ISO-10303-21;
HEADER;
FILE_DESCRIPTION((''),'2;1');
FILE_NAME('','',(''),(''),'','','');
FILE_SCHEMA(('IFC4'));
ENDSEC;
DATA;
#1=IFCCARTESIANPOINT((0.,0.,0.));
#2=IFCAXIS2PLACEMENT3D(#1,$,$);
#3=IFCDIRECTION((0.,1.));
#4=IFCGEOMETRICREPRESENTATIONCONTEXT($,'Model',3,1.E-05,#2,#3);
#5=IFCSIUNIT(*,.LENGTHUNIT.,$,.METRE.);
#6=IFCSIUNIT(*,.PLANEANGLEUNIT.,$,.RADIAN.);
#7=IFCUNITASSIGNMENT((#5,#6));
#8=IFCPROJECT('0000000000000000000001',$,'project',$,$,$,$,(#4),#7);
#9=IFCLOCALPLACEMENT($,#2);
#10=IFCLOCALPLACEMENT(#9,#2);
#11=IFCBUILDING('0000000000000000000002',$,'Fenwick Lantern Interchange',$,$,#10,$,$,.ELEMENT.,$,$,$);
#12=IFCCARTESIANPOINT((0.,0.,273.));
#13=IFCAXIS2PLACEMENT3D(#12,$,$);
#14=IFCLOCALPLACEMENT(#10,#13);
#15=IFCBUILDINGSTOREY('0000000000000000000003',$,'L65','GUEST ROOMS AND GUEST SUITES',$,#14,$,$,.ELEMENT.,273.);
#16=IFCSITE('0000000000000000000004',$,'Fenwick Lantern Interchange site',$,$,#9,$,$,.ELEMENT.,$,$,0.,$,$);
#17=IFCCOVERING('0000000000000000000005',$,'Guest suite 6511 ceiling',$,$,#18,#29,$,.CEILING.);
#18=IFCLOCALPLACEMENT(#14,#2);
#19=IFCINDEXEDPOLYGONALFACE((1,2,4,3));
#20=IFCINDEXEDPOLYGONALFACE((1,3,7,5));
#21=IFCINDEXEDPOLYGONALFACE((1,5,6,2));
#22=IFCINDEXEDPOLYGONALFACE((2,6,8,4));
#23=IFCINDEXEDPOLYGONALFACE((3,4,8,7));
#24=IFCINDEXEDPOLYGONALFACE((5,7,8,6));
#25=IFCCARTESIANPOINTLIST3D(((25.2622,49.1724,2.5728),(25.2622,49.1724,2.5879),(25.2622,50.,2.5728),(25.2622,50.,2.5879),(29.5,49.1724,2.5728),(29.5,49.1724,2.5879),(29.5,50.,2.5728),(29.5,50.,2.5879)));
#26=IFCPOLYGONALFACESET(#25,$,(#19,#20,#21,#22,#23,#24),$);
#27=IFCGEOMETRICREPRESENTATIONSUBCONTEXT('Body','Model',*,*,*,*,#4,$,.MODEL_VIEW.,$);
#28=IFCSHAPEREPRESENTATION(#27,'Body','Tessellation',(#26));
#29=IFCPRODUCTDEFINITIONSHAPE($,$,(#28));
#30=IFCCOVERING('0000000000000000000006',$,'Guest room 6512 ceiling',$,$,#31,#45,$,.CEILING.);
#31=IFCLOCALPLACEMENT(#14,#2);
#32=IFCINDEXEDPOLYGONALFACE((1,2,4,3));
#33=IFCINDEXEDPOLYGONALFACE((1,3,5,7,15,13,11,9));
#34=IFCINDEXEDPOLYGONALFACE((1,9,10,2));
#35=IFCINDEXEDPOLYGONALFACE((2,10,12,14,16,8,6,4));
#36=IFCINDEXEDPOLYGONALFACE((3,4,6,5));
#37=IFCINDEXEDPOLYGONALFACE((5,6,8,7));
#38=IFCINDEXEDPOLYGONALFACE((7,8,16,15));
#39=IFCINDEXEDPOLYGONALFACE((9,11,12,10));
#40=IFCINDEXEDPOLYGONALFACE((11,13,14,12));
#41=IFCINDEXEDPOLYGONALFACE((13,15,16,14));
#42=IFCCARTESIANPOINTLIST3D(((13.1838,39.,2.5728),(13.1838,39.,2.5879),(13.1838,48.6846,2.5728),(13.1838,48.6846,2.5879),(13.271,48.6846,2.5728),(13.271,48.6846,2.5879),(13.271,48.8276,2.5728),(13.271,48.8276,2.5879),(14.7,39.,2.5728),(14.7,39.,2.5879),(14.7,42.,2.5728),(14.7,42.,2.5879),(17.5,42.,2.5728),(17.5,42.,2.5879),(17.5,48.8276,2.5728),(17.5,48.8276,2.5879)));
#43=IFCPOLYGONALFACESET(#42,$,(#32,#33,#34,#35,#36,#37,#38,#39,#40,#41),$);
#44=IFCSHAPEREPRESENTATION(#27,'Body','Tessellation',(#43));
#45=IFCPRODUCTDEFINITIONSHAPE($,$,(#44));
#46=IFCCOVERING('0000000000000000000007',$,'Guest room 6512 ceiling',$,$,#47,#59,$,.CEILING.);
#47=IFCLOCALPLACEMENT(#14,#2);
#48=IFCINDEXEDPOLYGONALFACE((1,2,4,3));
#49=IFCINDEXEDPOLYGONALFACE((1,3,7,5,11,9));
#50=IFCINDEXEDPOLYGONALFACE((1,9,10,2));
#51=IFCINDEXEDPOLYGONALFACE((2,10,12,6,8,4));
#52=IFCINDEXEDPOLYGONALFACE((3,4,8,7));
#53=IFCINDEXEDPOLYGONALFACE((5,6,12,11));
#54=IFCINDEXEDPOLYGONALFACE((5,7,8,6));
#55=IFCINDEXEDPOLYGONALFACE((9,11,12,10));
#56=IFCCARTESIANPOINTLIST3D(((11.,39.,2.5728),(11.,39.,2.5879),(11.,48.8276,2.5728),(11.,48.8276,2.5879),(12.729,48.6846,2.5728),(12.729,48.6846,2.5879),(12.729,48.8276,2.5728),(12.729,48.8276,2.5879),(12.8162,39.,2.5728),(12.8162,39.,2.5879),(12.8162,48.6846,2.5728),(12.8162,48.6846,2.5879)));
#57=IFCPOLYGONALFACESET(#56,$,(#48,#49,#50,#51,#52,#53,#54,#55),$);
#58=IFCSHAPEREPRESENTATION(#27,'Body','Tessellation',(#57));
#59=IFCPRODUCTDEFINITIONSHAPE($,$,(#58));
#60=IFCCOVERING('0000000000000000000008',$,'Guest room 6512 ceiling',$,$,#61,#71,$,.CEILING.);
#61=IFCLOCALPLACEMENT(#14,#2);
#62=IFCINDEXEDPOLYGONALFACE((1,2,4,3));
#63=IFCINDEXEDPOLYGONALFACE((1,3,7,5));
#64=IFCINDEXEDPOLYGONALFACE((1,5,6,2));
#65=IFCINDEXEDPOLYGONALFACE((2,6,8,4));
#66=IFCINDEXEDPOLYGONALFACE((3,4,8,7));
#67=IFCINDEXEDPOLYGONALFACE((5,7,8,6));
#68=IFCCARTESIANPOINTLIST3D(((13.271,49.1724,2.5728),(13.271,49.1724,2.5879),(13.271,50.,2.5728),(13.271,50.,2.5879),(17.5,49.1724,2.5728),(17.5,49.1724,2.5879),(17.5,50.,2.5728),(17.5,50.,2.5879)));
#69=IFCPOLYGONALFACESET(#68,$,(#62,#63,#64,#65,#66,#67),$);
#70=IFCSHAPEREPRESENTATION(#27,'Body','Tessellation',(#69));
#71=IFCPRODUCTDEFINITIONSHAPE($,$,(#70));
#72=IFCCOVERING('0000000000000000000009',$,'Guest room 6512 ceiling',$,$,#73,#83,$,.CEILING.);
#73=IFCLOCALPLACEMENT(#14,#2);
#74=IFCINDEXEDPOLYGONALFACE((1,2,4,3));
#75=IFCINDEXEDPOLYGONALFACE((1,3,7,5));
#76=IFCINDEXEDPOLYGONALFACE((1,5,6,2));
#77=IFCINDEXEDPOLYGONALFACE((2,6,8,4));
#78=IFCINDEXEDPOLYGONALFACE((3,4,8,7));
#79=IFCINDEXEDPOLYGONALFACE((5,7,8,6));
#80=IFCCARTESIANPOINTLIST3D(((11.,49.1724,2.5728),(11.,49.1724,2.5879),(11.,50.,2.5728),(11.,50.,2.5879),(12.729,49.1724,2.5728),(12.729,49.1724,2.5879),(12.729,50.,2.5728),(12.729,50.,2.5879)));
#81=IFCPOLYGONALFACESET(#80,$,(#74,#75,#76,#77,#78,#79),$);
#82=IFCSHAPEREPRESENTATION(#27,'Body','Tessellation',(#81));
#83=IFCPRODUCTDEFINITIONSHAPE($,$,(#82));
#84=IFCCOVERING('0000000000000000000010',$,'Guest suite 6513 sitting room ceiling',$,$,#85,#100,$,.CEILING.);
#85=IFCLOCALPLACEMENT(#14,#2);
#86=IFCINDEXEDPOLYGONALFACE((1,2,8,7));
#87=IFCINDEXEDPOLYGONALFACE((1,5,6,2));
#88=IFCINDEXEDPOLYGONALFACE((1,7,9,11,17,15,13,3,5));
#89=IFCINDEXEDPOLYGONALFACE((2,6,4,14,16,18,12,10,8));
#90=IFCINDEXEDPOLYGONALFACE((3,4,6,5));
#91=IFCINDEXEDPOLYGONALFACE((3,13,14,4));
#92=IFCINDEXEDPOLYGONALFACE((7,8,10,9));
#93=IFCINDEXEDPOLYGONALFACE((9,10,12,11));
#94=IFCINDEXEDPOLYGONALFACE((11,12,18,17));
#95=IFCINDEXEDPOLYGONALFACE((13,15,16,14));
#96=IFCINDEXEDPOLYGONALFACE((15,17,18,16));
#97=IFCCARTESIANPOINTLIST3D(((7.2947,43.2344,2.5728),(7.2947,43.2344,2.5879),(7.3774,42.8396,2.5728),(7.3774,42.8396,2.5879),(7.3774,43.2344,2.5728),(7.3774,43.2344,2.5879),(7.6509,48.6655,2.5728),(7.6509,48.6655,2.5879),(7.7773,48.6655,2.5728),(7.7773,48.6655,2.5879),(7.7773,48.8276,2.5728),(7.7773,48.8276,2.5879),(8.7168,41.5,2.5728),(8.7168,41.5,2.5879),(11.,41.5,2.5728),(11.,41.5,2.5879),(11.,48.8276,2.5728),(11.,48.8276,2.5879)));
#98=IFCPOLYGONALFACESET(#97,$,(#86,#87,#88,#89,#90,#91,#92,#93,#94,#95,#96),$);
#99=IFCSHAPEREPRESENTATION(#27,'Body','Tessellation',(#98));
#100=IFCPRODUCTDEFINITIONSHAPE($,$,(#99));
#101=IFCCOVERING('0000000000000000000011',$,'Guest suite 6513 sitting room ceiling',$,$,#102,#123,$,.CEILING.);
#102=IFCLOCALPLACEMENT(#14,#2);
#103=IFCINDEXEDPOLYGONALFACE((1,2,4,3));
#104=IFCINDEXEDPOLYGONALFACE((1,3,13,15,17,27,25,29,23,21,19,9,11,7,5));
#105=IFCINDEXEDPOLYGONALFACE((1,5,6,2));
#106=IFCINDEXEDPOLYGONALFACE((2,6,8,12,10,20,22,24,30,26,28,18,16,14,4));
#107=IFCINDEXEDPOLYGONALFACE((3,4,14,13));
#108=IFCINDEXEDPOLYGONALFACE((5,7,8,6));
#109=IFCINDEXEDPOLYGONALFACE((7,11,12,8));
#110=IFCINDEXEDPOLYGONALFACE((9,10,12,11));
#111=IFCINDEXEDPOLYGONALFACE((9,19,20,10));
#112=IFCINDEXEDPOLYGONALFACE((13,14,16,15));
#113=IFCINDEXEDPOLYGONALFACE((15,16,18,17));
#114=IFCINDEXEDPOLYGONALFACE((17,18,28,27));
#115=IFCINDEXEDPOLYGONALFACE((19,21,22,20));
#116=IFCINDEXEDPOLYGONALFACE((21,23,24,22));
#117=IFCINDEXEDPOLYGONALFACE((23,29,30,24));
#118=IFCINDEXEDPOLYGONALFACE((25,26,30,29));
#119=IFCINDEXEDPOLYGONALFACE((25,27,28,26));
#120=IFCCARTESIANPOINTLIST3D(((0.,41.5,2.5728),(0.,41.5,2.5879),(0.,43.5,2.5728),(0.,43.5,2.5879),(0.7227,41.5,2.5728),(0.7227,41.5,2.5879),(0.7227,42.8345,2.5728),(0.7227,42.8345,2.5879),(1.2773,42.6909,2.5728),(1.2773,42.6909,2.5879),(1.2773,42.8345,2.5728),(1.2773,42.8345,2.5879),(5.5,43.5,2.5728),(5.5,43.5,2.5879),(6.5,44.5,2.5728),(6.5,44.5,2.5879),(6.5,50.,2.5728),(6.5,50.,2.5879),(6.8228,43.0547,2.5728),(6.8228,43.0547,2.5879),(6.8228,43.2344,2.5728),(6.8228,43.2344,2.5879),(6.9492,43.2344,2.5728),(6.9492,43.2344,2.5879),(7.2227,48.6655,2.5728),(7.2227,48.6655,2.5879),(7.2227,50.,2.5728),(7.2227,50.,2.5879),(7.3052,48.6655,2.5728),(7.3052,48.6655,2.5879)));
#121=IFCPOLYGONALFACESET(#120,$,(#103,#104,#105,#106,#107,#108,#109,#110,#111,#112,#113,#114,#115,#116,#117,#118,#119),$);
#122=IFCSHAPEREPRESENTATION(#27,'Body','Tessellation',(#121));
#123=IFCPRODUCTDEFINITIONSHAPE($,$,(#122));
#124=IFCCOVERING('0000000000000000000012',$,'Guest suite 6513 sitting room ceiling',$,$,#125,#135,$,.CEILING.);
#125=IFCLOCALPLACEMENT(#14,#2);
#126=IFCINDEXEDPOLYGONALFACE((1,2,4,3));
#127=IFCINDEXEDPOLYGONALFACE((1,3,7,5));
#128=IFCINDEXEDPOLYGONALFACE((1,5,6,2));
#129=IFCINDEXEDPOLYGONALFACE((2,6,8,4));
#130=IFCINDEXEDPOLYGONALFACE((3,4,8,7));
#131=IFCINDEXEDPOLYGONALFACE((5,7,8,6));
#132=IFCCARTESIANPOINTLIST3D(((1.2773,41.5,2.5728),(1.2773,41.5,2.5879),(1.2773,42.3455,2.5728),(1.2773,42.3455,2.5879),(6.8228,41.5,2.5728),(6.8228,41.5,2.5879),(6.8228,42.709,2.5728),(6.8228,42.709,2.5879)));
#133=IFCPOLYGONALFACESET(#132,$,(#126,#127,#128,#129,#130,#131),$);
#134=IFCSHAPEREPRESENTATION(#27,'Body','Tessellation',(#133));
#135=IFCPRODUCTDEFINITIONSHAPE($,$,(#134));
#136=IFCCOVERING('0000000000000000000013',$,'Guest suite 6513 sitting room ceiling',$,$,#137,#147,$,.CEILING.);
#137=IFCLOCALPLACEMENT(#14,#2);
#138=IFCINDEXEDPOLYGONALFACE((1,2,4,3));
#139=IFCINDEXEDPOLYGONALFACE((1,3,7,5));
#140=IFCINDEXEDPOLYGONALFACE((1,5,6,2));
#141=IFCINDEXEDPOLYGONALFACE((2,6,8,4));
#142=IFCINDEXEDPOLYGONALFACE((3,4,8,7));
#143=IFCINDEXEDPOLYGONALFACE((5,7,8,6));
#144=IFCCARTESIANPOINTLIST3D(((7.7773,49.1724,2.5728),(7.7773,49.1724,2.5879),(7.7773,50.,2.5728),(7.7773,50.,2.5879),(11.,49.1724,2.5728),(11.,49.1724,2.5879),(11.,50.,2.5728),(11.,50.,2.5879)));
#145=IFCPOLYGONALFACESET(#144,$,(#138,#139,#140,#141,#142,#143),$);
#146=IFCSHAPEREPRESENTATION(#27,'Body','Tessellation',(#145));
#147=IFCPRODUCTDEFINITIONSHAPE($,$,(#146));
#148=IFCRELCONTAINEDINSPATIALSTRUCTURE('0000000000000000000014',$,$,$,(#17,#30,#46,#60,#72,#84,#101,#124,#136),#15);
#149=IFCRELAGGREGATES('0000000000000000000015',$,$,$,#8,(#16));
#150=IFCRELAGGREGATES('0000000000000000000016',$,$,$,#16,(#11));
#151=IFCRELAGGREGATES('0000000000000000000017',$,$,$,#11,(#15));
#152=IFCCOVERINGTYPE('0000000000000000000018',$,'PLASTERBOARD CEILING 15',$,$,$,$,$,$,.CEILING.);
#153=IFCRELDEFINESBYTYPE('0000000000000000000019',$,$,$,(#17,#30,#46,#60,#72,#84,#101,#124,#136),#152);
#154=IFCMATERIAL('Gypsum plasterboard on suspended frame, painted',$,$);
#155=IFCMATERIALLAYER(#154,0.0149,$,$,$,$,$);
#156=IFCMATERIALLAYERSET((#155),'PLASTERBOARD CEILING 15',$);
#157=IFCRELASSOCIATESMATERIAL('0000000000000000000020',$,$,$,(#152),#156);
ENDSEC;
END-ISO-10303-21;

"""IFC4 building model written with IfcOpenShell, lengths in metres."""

from ifc_helpers import new_model, si_unit, direction, frame, origin, place, context, subcontext, project, spatial, polyline, outline, extrude, material, layer, layer_set, type_object, element, save


model = new_model("IFC4")

# Units and contexts
model_context = context("Model", 3, precision=1e-05, world=origin(), true_north=direction((0.0, 1.0)))
body_context = subcontext(model_context, "Body", "Model", "MODEL_VIEW")
ifc_project = project(units=[si_unit("LENGTHUNIT", "METRE"), si_unit("PLANEANGLEUNIT", "RADIAN")], contexts=[model_context])

# Site, building, storey
site_placement = place(None, origin())
site = spatial("IfcSite", under=ifc_project, at=site_placement, Name="Fenwick Lantern Interchange site", CompositionType="ELEMENT", RefElevation=0.0)
building_placement = place(site_placement, origin())
building = spatial("IfcBuilding", under=site, at=building_placement, Name="Fenwick Lantern Interchange", CompositionType="ELEMENT")
storey_placement = place(building_placement, frame((0.0, 0.0, 273.0)))
storey = spatial("IfcBuildingStorey", under=building, at=storey_placement, Name="L65", Description="GUEST ROOMS AND GUEST SUITES", CompositionType="ELEMENT", Elevation=273.0)

# Coverings
ifc_material_1 = material(Name="Gypsum plasterboard on suspended frame, painted")
ifc_layer_1 = layer(ifc_material_1, 0.0149)
ifc_layer_set_1 = layer_set([ifc_layer_1], Name="PLASTERBOARD CEILING 15")
covering_type_1 = type_object("IfcCoveringType", Name="PLASTERBOARD CEILING 15", PredefinedType="CEILING", material=ifc_layer_set_1)
covering_1_placement = place(storey_placement, frame((0.0, 0.0, 2.5728)))
element("IfcCovering", 1, at=covering_1_placement, inside=storey, type_object=covering_type_1, Name="Guest suite 6511 ceiling", PredefinedType="CEILING", context=body_context, shape_type="SweptSolid", body=[
    extrude(outline(polyline([(25.2622, 50.0), (25.2622, 49.1724), (29.5, 49.1724), (29.5, 50.0), (25.2622, 50.0)])), origin(), (0.0, 0.0, 1.0), 0.0151),
])
covering_2_placement = place(storey_placement, frame((0.0, 0.0, 2.5728)))
element("IfcCovering", 2, at=covering_2_placement, inside=storey, type_object=covering_type_1, Name="Guest room 6512 ceiling", PredefinedType="CEILING", context=body_context, shape_type="SweptSolid", body=[
    extrude(outline(polyline([(13.271, 48.6846), (13.1838, 48.6846), (13.1838, 39.0), (14.7, 39.0), (14.7, 42.0), (17.5, 42.0), (17.5, 48.8276), (13.271, 48.8276), (13.271, 48.6846)])), origin(), (0.0, 0.0, 1.0), 0.0151),
])
covering_3_placement = place(storey_placement, frame((0.0, 0.0, 2.5728)))
element("IfcCovering", 3, at=covering_3_placement, inside=storey, type_object=covering_type_1, Name="Guest room 6512 ceiling", PredefinedType="CEILING", context=body_context, shape_type="SweptSolid", body=[
    extrude(outline(polyline([(12.729, 48.6846), (12.729, 48.8276), (11.0, 48.8276), (11.0, 39.0), (12.8162, 39.0), (12.8162, 48.6846), (12.729, 48.6846)])), origin(), (0.0, 0.0, 1.0), 0.0151),
])
covering_4_placement = place(storey_placement, frame((0.0, 0.0, 2.5728)))
element("IfcCovering", 4, at=covering_4_placement, inside=storey, type_object=covering_type_1, Name="Guest room 6512 ceiling", PredefinedType="CEILING", context=body_context, shape_type="SweptSolid", body=[
    extrude(outline(polyline([(13.271, 50.0), (13.271, 49.1724), (17.5, 49.1724), (17.5, 50.0), (13.271, 50.0)])), origin(), (0.0, 0.0, 1.0), 0.0151),
])
covering_5_placement = place(storey_placement, frame((0.0, 0.0, 2.5728)))
element("IfcCovering", 5, at=covering_5_placement, inside=storey, type_object=covering_type_1, Name="Guest room 6512 ceiling", PredefinedType="CEILING", context=body_context, shape_type="SweptSolid", body=[
    extrude(outline(polyline([(12.729, 50.0), (11.0, 50.0), (11.0, 49.1724), (12.729, 49.1724), (12.729, 50.0)])), origin(), (0.0, 0.0, 1.0), 0.0151),
])
covering_6_placement = place(storey_placement, frame((0.0, 0.0, 2.5728)))
element("IfcCovering", 6, at=covering_6_placement, inside=storey, type_object=covering_type_1, Name="Guest suite 6513 sitting room ceiling", PredefinedType="CEILING", context=body_context, shape_type="SweptSolid", body=[
    extrude(outline(polyline([(7.7773, 48.6655), (7.6509, 48.6655), (7.2947, 43.2344), (7.3774, 43.2344), (7.3774, 42.8396), (8.7168, 41.5), (11.0, 41.5), (11.0, 48.8276), (7.7773, 48.8276), (7.7773, 48.6655)])), origin(), (0.0, 0.0, 1.0), 0.0151),
])
covering_7_placement = place(storey_placement, frame((0.0, 0.0, 2.5728)))
element("IfcCovering", 7, at=covering_7_placement, inside=storey, type_object=covering_type_1, Name="Guest suite 6513 sitting room ceiling", PredefinedType="CEILING", context=body_context, shape_type="SweptSolid", body=[
    extrude(outline(polyline([(7.2227, 48.6655), (7.2227, 50.0), (6.5, 50.0), (6.5, 44.5), (5.5, 43.5), (0.0, 43.5), (0.0, 41.5), (0.7227, 41.5), (0.7227, 42.8345), (1.2773, 42.8345), (1.2773, 42.6909), (6.8228, 43.0547), (6.8228, 43.2344), (6.9492, 43.2344), (7.3052, 48.6655), (7.2227, 48.6655)])), origin(), (0.0, 0.0, 1.0), 0.0151),
])
covering_8_placement = place(storey_placement, frame((0.0, 0.0, 2.5728)))
element("IfcCovering", 8, at=covering_8_placement, inside=storey, type_object=covering_type_1, Name="Guest suite 6513 sitting room ceiling", PredefinedType="CEILING", context=body_context, shape_type="SweptSolid", body=[
    extrude(outline(polyline([(6.8228, 41.5), (6.8228, 42.709), (1.2773, 42.3455), (1.2773, 41.5), (6.8228, 41.5)])), origin(), (0.0, 0.0, 1.0), 0.0151),
])
covering_9_placement = place(storey_placement, frame((0.0, 0.0, 2.5728)))
element("IfcCovering", 9, at=covering_9_placement, inside=storey, type_object=covering_type_1, Name="Guest suite 6513 sitting room ceiling", PredefinedType="CEILING", context=body_context, shape_type="SweptSolid", body=[
    extrude(outline(polyline([(7.7773, 50.0), (7.7773, 49.1724), (11.0, 49.1724), (11.0, 50.0), (7.7773, 50.0)])), origin(), (0.0, 0.0, 1.0), 0.0151),
])

save(model, "model.ifc")
